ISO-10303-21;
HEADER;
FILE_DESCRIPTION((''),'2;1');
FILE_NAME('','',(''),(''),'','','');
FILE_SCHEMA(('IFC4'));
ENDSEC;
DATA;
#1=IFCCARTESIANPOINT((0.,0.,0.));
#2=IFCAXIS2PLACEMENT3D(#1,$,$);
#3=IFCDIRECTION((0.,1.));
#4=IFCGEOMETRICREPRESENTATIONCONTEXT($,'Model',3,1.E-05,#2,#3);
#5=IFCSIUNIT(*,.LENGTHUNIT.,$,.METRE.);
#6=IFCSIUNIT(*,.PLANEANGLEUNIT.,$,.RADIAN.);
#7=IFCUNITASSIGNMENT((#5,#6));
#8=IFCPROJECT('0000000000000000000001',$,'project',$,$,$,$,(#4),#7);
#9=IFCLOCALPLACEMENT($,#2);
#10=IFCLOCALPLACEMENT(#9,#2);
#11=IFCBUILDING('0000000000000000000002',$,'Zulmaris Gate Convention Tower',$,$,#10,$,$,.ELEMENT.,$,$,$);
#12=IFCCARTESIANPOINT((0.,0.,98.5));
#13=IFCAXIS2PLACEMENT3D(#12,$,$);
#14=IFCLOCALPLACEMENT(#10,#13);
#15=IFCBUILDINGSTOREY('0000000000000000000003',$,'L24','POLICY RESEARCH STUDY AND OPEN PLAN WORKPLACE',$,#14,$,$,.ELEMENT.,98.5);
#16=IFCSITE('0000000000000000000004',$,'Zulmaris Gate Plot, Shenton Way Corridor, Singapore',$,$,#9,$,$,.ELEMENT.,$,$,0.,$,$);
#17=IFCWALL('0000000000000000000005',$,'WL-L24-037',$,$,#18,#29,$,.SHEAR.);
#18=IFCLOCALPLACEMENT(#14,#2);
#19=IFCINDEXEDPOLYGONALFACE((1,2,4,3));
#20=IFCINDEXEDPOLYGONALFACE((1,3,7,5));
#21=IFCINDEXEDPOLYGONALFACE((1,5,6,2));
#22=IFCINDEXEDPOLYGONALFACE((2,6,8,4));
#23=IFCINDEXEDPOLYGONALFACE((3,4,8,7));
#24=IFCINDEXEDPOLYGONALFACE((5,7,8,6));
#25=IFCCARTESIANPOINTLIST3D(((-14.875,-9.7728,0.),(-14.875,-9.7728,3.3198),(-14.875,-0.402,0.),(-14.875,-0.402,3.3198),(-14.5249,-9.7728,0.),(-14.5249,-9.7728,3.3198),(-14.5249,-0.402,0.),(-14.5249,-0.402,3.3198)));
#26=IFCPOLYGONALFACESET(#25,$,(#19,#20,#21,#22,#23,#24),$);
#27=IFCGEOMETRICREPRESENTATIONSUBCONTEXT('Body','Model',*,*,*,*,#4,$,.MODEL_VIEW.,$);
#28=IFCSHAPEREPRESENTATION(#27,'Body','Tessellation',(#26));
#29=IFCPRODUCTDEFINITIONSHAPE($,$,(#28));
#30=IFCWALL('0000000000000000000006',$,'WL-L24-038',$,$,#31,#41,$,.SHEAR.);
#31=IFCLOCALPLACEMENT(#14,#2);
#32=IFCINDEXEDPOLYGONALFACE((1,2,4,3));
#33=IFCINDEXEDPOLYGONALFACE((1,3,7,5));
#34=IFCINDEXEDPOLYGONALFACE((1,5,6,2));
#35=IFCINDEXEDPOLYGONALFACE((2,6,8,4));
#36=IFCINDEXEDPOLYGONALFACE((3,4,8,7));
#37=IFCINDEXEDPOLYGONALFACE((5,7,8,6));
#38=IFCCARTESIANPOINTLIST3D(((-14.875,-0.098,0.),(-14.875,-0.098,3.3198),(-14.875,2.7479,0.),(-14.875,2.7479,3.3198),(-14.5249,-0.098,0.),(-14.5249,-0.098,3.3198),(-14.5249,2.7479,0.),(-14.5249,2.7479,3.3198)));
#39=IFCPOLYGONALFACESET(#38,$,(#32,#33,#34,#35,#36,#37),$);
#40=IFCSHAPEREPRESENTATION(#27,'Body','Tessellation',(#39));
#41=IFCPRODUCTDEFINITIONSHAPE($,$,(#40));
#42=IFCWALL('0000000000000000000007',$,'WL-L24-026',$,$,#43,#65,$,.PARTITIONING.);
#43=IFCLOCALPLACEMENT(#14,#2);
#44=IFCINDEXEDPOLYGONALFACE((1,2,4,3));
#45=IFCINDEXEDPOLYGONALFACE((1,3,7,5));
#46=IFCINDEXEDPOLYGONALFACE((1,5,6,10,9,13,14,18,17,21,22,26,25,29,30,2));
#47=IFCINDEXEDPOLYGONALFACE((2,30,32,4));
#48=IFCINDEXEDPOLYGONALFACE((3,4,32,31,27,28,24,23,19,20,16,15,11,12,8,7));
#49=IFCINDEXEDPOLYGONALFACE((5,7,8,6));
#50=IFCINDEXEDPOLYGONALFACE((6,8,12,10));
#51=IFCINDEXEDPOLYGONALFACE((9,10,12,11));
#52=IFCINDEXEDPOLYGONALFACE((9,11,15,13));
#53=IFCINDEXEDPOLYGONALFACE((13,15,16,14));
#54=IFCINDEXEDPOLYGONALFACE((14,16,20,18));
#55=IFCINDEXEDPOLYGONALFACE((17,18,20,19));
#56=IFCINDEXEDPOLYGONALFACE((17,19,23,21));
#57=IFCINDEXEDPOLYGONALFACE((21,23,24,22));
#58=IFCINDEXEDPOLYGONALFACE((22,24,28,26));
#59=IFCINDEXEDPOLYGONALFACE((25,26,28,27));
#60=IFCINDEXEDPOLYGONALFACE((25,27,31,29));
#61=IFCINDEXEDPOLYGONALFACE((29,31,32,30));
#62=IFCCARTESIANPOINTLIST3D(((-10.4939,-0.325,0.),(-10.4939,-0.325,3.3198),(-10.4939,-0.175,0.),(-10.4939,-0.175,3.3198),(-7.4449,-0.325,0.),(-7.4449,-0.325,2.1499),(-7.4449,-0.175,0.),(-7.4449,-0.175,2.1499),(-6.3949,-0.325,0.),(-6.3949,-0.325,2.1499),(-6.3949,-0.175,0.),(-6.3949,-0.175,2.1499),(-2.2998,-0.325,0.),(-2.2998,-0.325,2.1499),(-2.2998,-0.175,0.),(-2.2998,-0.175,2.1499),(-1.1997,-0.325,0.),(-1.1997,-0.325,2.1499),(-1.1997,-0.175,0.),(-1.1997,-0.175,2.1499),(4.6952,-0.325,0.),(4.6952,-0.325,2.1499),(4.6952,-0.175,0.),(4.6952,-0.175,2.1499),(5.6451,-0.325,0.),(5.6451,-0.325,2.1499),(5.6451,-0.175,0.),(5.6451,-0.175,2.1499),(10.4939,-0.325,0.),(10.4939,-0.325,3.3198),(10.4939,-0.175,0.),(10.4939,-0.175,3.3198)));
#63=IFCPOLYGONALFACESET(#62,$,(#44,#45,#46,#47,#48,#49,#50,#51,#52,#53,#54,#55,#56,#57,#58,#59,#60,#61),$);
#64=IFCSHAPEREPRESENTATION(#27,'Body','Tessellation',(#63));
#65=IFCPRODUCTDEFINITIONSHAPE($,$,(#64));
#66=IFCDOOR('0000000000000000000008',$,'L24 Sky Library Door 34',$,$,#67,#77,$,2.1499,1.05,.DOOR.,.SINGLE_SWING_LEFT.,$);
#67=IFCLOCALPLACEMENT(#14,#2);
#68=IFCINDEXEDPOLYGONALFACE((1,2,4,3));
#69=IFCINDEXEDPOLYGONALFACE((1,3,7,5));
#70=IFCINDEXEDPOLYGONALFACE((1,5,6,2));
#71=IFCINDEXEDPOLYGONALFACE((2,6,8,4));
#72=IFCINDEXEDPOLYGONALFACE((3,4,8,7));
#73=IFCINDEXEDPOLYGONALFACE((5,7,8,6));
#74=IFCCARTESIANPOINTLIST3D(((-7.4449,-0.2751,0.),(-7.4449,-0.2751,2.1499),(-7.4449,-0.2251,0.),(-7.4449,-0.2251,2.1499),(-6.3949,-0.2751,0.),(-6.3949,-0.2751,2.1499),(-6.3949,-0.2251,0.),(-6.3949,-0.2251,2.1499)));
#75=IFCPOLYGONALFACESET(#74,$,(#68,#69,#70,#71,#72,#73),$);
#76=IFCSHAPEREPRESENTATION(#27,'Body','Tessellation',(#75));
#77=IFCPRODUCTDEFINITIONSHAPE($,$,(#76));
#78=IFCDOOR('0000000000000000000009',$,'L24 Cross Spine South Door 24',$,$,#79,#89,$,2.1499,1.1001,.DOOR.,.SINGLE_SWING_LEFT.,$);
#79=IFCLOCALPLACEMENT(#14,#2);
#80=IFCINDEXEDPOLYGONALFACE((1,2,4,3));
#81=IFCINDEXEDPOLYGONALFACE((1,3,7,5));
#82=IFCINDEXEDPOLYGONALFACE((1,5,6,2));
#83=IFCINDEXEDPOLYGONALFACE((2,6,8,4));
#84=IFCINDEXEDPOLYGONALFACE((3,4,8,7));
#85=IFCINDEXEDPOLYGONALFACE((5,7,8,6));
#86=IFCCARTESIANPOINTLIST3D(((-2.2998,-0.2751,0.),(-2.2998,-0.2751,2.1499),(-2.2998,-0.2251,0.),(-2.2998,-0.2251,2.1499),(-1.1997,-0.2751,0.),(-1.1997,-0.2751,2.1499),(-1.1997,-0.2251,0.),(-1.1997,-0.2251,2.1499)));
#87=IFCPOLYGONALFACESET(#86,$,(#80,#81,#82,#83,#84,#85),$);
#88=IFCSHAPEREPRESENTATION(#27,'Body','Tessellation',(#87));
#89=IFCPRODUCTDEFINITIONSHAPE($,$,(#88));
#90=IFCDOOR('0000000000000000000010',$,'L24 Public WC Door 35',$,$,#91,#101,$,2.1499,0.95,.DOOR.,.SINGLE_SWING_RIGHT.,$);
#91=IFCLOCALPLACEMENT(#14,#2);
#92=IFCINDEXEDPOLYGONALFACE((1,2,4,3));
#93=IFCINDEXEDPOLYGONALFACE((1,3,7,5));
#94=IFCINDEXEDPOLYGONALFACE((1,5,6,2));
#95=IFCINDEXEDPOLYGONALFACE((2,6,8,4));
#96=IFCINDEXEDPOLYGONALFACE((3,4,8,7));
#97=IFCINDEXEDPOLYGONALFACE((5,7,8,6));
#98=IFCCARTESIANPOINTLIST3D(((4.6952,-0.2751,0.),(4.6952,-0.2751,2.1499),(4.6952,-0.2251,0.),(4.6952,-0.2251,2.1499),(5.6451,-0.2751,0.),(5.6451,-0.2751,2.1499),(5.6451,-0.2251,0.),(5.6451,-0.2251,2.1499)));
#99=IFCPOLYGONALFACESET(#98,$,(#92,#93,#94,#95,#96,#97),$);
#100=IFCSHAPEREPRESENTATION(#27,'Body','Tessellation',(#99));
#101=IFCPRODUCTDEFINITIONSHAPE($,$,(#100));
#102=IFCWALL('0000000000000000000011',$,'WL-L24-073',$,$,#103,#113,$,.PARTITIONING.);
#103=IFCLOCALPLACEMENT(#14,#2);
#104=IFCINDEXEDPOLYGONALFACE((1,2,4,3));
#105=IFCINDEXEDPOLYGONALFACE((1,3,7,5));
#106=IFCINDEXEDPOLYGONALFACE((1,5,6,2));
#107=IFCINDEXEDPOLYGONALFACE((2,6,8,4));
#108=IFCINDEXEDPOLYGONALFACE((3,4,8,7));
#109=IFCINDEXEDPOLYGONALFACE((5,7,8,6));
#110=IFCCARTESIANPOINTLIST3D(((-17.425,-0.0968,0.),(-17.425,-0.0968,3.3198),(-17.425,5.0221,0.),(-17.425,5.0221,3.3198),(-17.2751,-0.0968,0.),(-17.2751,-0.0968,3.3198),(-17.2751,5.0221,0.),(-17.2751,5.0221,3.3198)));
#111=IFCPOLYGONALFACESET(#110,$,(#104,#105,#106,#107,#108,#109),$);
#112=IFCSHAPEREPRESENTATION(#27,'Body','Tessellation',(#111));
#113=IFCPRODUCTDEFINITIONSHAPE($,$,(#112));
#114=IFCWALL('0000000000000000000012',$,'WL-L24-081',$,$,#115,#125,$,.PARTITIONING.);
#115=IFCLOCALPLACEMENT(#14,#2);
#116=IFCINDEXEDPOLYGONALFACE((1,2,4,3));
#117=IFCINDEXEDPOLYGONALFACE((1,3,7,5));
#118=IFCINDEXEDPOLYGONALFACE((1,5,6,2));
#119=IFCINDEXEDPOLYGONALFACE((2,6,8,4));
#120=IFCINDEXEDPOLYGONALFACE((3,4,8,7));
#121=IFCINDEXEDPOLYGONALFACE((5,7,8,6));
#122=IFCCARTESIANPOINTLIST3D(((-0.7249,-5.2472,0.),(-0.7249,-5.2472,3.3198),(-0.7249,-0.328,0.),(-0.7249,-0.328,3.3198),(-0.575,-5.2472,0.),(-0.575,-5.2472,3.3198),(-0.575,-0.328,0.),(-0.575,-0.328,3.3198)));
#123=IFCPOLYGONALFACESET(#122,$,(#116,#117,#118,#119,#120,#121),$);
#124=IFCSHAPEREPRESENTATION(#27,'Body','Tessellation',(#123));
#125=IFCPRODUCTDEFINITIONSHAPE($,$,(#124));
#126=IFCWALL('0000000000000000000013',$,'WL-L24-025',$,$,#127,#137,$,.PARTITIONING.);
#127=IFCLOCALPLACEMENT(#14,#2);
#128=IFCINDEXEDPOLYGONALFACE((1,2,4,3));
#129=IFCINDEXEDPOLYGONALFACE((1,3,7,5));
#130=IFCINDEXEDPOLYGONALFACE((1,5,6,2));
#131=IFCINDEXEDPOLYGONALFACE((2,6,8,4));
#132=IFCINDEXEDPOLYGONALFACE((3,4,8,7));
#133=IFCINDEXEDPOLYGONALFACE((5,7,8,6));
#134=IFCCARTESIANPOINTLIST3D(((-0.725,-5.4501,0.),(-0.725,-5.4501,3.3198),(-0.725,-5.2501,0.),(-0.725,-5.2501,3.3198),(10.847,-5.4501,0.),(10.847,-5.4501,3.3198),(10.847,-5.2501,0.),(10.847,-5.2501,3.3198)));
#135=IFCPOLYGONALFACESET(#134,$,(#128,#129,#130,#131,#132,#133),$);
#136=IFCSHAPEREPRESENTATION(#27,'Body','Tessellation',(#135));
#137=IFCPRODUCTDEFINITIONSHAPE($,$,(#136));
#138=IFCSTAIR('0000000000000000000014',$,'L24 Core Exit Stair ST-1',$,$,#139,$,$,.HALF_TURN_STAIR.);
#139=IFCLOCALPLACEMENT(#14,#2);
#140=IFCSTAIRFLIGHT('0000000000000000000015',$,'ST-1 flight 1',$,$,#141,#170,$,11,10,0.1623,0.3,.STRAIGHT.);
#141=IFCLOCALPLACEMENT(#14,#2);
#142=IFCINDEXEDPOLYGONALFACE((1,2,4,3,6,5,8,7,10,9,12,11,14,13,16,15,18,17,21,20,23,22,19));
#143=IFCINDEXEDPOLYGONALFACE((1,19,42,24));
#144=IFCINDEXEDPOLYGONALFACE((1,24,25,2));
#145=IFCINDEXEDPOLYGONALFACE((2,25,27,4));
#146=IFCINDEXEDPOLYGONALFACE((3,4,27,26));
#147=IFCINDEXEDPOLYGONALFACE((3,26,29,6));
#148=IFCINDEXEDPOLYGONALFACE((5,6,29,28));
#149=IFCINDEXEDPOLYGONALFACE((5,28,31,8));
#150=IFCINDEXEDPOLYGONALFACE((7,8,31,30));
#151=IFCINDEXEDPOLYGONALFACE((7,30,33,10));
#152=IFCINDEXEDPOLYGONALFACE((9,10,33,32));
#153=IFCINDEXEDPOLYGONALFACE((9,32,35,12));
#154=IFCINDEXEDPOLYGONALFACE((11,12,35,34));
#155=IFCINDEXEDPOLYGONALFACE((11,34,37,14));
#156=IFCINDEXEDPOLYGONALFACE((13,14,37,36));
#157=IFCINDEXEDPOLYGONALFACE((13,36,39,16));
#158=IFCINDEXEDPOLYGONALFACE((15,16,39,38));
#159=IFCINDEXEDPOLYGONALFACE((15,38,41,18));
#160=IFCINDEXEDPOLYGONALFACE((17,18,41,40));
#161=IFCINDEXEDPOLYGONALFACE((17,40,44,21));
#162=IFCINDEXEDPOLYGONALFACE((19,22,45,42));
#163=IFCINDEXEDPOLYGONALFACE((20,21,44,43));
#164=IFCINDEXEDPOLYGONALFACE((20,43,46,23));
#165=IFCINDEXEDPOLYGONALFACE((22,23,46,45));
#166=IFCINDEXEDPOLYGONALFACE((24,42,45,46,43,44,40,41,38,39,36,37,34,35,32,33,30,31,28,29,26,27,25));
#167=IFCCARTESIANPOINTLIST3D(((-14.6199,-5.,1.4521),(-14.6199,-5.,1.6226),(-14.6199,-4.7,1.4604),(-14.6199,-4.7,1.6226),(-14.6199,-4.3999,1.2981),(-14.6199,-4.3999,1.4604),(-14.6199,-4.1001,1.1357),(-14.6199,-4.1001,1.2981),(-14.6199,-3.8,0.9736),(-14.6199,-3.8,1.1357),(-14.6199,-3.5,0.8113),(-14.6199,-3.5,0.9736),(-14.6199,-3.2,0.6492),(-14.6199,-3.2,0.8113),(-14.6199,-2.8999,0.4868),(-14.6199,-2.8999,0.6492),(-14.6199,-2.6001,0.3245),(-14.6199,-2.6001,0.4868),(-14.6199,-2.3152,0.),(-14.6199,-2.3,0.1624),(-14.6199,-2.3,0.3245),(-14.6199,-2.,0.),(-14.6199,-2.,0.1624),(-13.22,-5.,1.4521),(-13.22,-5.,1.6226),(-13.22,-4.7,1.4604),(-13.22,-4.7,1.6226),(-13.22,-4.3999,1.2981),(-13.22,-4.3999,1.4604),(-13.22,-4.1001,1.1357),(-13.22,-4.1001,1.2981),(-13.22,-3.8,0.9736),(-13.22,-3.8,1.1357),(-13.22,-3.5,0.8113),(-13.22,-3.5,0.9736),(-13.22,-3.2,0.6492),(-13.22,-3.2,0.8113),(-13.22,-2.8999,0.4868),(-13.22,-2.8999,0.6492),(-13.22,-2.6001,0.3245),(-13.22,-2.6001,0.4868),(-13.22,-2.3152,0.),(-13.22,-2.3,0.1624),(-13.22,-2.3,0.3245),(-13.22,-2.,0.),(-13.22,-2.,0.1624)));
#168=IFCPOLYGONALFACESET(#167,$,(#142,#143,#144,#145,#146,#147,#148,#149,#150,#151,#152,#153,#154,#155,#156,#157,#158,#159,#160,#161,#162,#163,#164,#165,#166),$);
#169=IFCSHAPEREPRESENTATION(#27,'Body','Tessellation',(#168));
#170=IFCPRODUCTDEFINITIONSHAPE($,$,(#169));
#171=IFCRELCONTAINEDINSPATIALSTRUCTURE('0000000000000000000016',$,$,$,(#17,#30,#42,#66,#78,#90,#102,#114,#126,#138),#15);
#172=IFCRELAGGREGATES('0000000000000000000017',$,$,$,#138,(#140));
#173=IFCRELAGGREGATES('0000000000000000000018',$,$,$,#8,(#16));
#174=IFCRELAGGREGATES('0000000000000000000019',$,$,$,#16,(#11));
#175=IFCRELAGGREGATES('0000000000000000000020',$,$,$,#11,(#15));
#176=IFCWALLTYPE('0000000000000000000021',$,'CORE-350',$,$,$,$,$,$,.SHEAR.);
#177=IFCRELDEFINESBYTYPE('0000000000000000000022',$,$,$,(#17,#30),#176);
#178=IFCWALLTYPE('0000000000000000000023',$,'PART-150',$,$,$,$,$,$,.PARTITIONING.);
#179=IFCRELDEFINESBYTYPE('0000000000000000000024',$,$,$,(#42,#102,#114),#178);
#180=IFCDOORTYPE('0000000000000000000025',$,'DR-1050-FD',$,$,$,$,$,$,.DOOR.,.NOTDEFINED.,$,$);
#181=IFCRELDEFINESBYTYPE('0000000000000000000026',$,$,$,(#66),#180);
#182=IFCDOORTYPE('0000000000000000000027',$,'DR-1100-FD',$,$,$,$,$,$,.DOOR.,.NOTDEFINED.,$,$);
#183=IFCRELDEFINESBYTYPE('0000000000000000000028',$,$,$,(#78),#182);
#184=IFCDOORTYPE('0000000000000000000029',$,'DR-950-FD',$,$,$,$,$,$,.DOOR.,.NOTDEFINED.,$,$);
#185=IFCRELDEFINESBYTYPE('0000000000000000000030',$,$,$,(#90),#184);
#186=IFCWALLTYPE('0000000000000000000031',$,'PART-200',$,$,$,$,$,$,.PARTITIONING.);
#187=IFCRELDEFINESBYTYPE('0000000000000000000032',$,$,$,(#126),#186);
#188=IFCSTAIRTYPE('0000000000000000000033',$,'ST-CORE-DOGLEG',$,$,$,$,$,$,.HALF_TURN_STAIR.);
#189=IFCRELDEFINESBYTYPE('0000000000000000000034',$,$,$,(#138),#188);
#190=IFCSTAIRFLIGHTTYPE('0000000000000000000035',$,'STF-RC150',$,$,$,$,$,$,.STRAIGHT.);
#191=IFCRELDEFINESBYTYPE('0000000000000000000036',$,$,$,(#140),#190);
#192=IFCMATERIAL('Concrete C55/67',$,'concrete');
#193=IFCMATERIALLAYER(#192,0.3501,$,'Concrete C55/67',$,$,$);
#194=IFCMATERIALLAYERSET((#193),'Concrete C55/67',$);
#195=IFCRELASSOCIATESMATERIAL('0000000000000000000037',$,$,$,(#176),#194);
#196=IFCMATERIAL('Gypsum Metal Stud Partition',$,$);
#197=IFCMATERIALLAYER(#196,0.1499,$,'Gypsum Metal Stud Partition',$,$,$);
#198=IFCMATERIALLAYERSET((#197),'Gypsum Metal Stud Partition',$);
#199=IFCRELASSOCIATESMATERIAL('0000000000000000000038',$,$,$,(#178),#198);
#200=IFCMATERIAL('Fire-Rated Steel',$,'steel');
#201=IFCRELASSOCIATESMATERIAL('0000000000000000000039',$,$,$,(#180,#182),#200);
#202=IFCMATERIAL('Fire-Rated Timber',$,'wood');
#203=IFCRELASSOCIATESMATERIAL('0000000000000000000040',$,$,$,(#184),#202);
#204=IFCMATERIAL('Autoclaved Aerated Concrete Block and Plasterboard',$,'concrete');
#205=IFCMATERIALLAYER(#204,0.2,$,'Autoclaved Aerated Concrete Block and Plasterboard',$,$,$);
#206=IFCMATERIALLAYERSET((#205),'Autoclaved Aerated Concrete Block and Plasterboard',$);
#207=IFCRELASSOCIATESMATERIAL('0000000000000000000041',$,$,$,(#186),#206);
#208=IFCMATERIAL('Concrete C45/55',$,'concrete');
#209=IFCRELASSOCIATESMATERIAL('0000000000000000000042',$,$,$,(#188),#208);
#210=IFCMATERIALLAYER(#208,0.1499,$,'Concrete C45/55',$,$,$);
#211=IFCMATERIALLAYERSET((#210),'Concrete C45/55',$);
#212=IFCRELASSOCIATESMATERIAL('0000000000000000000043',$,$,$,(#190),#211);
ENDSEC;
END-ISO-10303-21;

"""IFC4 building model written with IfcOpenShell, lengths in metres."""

from ifc_helpers import new_model, si_unit, direction, frame, frame_2d, origin, place, context, subcontext, project, spatial, polyline, rectangle, outline, extrude, material, layer, layer_set, type_object, element, fill, aggregate, save


model = new_model("IFC4")

# Units and contexts
model_context = context("Model", 3, precision=1e-05, world=origin(), true_north=direction((0.0, 1.0)))
body_context = subcontext(model_context, "Body", "Model", "MODEL_VIEW")
ifc_project = project(units=[si_unit("LENGTHUNIT", "METRE"), si_unit("PLANEANGLEUNIT", "RADIAN")], contexts=[model_context])

# Site, building, storey
site_placement = place(None, origin())
site = spatial("IfcSite", under=ifc_project, at=site_placement, Name="Zulmaris Gate Plot, Shenton Way Corridor, Singapore", CompositionType="ELEMENT", RefElevation=0.0)
building_placement = place(site_placement, origin())
building = spatial("IfcBuilding", under=site, at=building_placement, Name="Zulmaris Gate Convention Tower", CompositionType="ELEMENT")
storey_placement = place(building_placement, frame((0.0, 0.0, 98.5)))
storey = spatial("IfcBuildingStorey", under=building, at=storey_placement, Name="L24", Description="POLICY RESEARCH STUDY AND OPEN PLAN WORKPLACE", CompositionType="ELEMENT", Elevation=98.5)

# Walls
ifc_material_1 = material(Name="Concrete C55/67", Category="concrete")
ifc_layer_1 = layer(ifc_material_1, 0.3501, Name="Concrete C55/67")
ifc_layer_set_1 = layer_set([ifc_layer_1], Name="Concrete C55/67")
wall_type_1 = type_object("IfcWallType", Name="CORE-350", PredefinedType="SHEAR", material=ifc_layer_set_1)
wall_1_placement = place(storey_placement, frame((-14.7, -9.7729, 0.0), z_axis=(0.0, 0.0, 1.0), x_axis=(0.0, 1.0, 0.0)))
element("IfcWall", 1, at=wall_1_placement, inside=storey, type_object=wall_type_1, Name="WL-L24-037", PredefinedType="SHEAR", context=body_context, shape_type="SweptSolid", body=[
    extrude(rectangle(XDim=9.3708, YDim=0.3501, at=frame_2d((4.6855, 0.0))), origin(), (0.0, 0.0, 1.0), 3.3198),
])
wall_2_placement = place(storey_placement, frame((-14.7, -0.0979, 0.0), z_axis=(0.0, 0.0, 1.0), x_axis=(0.0, 1.0, 0.0)))
element("IfcWall", 2, at=wall_2_placement, inside=storey, type_object=wall_type_1, Name="WL-L24-038", PredefinedType="SHEAR", context=body_context, shape_type="SweptSolid", body=[
    extrude(rectangle(XDim=2.8459, YDim=0.3501, at=frame_2d((1.4229, 0.0))), origin(), (0.0, 0.0, 1.0), 3.3198),
])

# Wall, openings, doors
ifc_material_2 = material(Name="Gypsum Metal Stud Partition")
ifc_layer_2 = layer(ifc_material_2, 0.1499, Name="Gypsum Metal Stud Partition")
ifc_layer_set_2 = layer_set([ifc_layer_2], Name="Gypsum Metal Stud Partition")
wall_type_2 = type_object("IfcWallType", Name="PART-150", PredefinedType="PARTITIONING", material=ifc_layer_set_2)
wall_3_placement = place(storey_placement, frame((-10.4939, -0.25, 0.0), z_axis=(0.0, 0.0, 1.0), x_axis=(1.0, 0.0, 0.0)))
wall_3 = element("IfcWall", 3, at=wall_3_placement, inside=storey, type_object=wall_type_2, Name="WL-L24-026", PredefinedType="PARTITIONING", context=body_context, shape_type="SweptSolid", body=[
    extrude(rectangle(XDim=20.9878, YDim=0.1499, at=frame_2d((10.4939, 0.0))), origin(), (0.0, 0.0, 1.0), 3.3198),
])
opening_1_placement = place(wall_3_placement, frame((8.1941, 0.0, 0.0)))
opening_1 = element("IfcOpeningElement", 4, at=opening_1_placement, cuts=wall_3, PredefinedType="OPENING", context=body_context, shape_type="SweptSolid", body=[
    extrude(rectangle(XDim=1.1001, YDim=2.1499, at=frame_2d((0.55, 1.075))), frame((0.0, 0.085, 0.0), z_axis=(0.0, -1.0, 0.0), x_axis=(1.0, 0.0, 0.0)), (0.0, 0.0, 1.0), 0.1699),
])
opening_2_placement = place(wall_3_placement, frame((3.0491, 0.0, 0.0)))
opening_2 = element("IfcOpeningElement", 5, at=opening_2_placement, cuts=wall_3, PredefinedType="OPENING", context=body_context, shape_type="SweptSolid", body=[
    extrude(rectangle(XDim=1.05, YDim=2.1499, at=frame_2d((0.5249, 1.075))), frame((0.0, 0.085, 0.0), z_axis=(0.0, -1.0, 0.0), x_axis=(1.0, 0.0, 0.0)), (0.0, 0.0, 1.0), 0.1699),
])
opening_3_placement = place(wall_3_placement, frame((15.189, 0.0, 0.0)))
opening_3 = element("IfcOpeningElement", 6, at=opening_3_placement, cuts=wall_3, PredefinedType="OPENING", context=body_context, shape_type="SweptSolid", body=[
    extrude(rectangle(XDim=0.95, YDim=2.1499, at=frame_2d((0.4751, 1.075))), frame((0.0, 0.085, 0.0), z_axis=(0.0, -1.0, 0.0), x_axis=(1.0, 0.0, 0.0)), (0.0, 0.0, 1.0), 0.1699),
])
ifc_material_3 = material(Name="Fire-Rated Steel", Category="steel")
door_type_1 = type_object("IfcDoorType", Name="DR-1050-FD", OperationType="NOTDEFINED", PredefinedType="DOOR", material=ifc_material_3)
door_1_placement = place(opening_2_placement, origin())
door_1 = element("IfcDoor", 7, at=door_1_placement, inside=storey, type_object=door_type_1, Name="L24 Sky Library Door 34", OperationType="SINGLE_SWING_LEFT", OverallHeight=2.1499, OverallWidth=1.05, PredefinedType="DOOR", context=body_context, shape_type="SweptSolid", body=[
    extrude(rectangle(XDim=1.05, YDim=2.1499, at=frame_2d((0.5249, 1.075))), frame((0.0, 0.0249, 0.0), z_axis=(0.0, -1.0, 0.0), x_axis=(1.0, 0.0, 0.0)), (0.0, 0.0, 1.0), 0.05),
])
fill(opening_2, door_1)
door_type_2 = type_object("IfcDoorType", Name="DR-1100-FD", OperationType="NOTDEFINED", PredefinedType="DOOR", material=ifc_material_3)
door_2_placement = place(opening_1_placement, origin())
door_2 = element("IfcDoor", 8, at=door_2_placement, inside=storey, type_object=door_type_2, Name="L24 Cross Spine South Door 24", OperationType="SINGLE_SWING_LEFT", OverallHeight=2.1499, OverallWidth=1.1001, PredefinedType="DOOR", context=body_context, shape_type="SweptSolid", body=[
    extrude(rectangle(XDim=1.1001, YDim=2.1499, at=frame_2d((0.55, 1.075))), frame((0.0, 0.0249, 0.0), z_axis=(0.0, -1.0, 0.0), x_axis=(1.0, 0.0, 0.0)), (0.0, 0.0, 1.0), 0.05),
])
fill(opening_1, door_2)
ifc_material_4 = material(Name="Fire-Rated Timber", Category="wood")
door_type_3 = type_object("IfcDoorType", Name="DR-950-FD", OperationType="NOTDEFINED", PredefinedType="DOOR", material=ifc_material_4)
door_3_placement = place(opening_3_placement, origin())
door_3 = element("IfcDoor", 9, at=door_3_placement, inside=storey, type_object=door_type_3, Name="L24 Public WC Door 35", OperationType="SINGLE_SWING_RIGHT", OverallHeight=2.1499, OverallWidth=0.95, PredefinedType="DOOR", context=body_context, shape_type="SweptSolid", body=[
    extrude(rectangle(XDim=0.95, YDim=2.1499, at=frame_2d((0.4751, 1.075))), frame((0.0, 0.0249, 0.0), z_axis=(0.0, -1.0, 0.0), x_axis=(1.0, 0.0, 0.0)), (0.0, 0.0, 1.0), 0.05),
])
fill(opening_3, door_3)

# Walls
wall_4_placement = place(storey_placement, frame((-17.3501, -0.0969, 0.0), z_axis=(0.0, 0.0, 1.0), x_axis=(0.0, 1.0, 0.0)))
element("IfcWall", 10, at=wall_4_placement, inside=storey, type_object=wall_type_2, Name="WL-L24-073", PredefinedType="PARTITIONING", context=body_context, shape_type="SweptSolid", body=[
    extrude(rectangle(XDim=5.1189, YDim=0.1499, at=frame_2d((2.5596, 0.0))), origin(), (0.0, 0.0, 1.0), 3.3198),
])
wall_5_placement = place(storey_placement, frame((-0.6499, -5.2471, 0.0), z_axis=(0.0, 0.0, 1.0), x_axis=(0.0, 1.0, 0.0)))
element("IfcWall", 11, at=wall_5_placement, inside=storey, type_object=wall_type_2, Name="WL-L24-081", PredefinedType="PARTITIONING", context=body_context, shape_type="SweptSolid", body=[
    extrude(rectangle(XDim=4.9192, YDim=0.1499, at=frame_2d((2.4595, 0.0))), origin(), (0.0, 0.0, 1.0), 3.3198),
])
ifc_material_5 = material(Name="Autoclaved Aerated Concrete Block and Plasterboard", Category="concrete")
ifc_layer_3 = layer(ifc_material_5, 0.2, Name="Autoclaved Aerated Concrete Block and Plasterboard")
ifc_layer_set_3 = layer_set([ifc_layer_3], Name="Autoclaved Aerated Concrete Block and Plasterboard")
wall_type_3 = type_object("IfcWallType", Name="PART-200", PredefinedType="PARTITIONING", material=ifc_layer_set_3)
wall_6_placement = place(storey_placement, frame((-0.7251, -5.3501, 0.0), z_axis=(0.0, 0.0, 1.0), x_axis=(1.0, 0.0, 0.0)))
element("IfcWall", 12, at=wall_6_placement, inside=storey, type_object=wall_type_3, Name="WL-L24-025", PredefinedType="PARTITIONING", context=body_context, shape_type="SweptSolid", body=[
    extrude(rectangle(XDim=11.572, YDim=0.2, at=frame_2d((5.7861, 0.0))), origin(), (0.0, 0.0, 1.0), 3.3198),
])

# Stair, stair flight
ifc_material_6 = material(Name="Concrete C45/55", Category="concrete")
stair_type = type_object("IfcStairType", Name="ST-CORE-DOGLEG", PredefinedType="HALF_TURN_STAIR", material=ifc_material_6)
stair_1_placement = place(storey_placement, origin())
stair_1 = element("IfcStair", 13, at=stair_1_placement, inside=storey, type_object=stair_type, Name="L24 Core Exit Stair ST-1", PredefinedType="HALF_TURN_STAIR")
ifc_layer_4 = layer(ifc_material_6, 0.1499, Name="Concrete C45/55")
ifc_layer_set_4 = layer_set([ifc_layer_4], Name="Concrete C45/55")
stair_flight_type = type_object("IfcStairFlightType", Name="STF-RC150", PredefinedType="STRAIGHT", material=ifc_layer_set_4)
stair_flight_1_placement = place(storey_placement, frame((-13.9199, -2.0, 0.0), z_axis=(0.0, 0.0, 1.0), x_axis=(0.0, -1.0, 0.0)))
stair_flight_1 = element("IfcStairFlight", 14, at=stair_flight_1_placement, type_object=stair_flight_type, Name="ST-1 flight 1", NumberOfRisers=11, NumberOfTreads=10, PredefinedType="STRAIGHT", RiserHeight=0.1623, TreadLength=0.3, context=body_context, shape_type="SweptSolid", body=[
    extrude(outline(polyline([(0.0, 0.0), (0.0, 0.1624), (0.3, 0.1624), (0.3, 0.3245), (0.6001, 0.3245), (0.6001, 0.4868), (0.8999, 0.4868), (0.8999, 0.6492), (1.2, 0.6492), (1.2, 0.8113), (1.5, 0.8113), (1.5, 0.9736), (1.8, 0.9736), (1.8, 1.1357), (2.1001, 1.1357), (2.1001, 1.2981), (2.3999, 1.2981), (2.3999, 1.4604), (2.7, 1.4604), (2.7, 1.6226), (3.0, 1.6226), (3.0, 1.7849), (3.0, 1.4521), (0.3152, 0.0), (0.0, 0.0)])), frame((0.0, 0.7, 0.0), z_axis=(0.0, -1.0, 0.0), x_axis=(1.0, 0.0, 0.0)), (0.0, 0.0, 1.0), 1.3999),
])
aggregate(stair_1, [stair_flight_1])

save(model, "model.ifc")
